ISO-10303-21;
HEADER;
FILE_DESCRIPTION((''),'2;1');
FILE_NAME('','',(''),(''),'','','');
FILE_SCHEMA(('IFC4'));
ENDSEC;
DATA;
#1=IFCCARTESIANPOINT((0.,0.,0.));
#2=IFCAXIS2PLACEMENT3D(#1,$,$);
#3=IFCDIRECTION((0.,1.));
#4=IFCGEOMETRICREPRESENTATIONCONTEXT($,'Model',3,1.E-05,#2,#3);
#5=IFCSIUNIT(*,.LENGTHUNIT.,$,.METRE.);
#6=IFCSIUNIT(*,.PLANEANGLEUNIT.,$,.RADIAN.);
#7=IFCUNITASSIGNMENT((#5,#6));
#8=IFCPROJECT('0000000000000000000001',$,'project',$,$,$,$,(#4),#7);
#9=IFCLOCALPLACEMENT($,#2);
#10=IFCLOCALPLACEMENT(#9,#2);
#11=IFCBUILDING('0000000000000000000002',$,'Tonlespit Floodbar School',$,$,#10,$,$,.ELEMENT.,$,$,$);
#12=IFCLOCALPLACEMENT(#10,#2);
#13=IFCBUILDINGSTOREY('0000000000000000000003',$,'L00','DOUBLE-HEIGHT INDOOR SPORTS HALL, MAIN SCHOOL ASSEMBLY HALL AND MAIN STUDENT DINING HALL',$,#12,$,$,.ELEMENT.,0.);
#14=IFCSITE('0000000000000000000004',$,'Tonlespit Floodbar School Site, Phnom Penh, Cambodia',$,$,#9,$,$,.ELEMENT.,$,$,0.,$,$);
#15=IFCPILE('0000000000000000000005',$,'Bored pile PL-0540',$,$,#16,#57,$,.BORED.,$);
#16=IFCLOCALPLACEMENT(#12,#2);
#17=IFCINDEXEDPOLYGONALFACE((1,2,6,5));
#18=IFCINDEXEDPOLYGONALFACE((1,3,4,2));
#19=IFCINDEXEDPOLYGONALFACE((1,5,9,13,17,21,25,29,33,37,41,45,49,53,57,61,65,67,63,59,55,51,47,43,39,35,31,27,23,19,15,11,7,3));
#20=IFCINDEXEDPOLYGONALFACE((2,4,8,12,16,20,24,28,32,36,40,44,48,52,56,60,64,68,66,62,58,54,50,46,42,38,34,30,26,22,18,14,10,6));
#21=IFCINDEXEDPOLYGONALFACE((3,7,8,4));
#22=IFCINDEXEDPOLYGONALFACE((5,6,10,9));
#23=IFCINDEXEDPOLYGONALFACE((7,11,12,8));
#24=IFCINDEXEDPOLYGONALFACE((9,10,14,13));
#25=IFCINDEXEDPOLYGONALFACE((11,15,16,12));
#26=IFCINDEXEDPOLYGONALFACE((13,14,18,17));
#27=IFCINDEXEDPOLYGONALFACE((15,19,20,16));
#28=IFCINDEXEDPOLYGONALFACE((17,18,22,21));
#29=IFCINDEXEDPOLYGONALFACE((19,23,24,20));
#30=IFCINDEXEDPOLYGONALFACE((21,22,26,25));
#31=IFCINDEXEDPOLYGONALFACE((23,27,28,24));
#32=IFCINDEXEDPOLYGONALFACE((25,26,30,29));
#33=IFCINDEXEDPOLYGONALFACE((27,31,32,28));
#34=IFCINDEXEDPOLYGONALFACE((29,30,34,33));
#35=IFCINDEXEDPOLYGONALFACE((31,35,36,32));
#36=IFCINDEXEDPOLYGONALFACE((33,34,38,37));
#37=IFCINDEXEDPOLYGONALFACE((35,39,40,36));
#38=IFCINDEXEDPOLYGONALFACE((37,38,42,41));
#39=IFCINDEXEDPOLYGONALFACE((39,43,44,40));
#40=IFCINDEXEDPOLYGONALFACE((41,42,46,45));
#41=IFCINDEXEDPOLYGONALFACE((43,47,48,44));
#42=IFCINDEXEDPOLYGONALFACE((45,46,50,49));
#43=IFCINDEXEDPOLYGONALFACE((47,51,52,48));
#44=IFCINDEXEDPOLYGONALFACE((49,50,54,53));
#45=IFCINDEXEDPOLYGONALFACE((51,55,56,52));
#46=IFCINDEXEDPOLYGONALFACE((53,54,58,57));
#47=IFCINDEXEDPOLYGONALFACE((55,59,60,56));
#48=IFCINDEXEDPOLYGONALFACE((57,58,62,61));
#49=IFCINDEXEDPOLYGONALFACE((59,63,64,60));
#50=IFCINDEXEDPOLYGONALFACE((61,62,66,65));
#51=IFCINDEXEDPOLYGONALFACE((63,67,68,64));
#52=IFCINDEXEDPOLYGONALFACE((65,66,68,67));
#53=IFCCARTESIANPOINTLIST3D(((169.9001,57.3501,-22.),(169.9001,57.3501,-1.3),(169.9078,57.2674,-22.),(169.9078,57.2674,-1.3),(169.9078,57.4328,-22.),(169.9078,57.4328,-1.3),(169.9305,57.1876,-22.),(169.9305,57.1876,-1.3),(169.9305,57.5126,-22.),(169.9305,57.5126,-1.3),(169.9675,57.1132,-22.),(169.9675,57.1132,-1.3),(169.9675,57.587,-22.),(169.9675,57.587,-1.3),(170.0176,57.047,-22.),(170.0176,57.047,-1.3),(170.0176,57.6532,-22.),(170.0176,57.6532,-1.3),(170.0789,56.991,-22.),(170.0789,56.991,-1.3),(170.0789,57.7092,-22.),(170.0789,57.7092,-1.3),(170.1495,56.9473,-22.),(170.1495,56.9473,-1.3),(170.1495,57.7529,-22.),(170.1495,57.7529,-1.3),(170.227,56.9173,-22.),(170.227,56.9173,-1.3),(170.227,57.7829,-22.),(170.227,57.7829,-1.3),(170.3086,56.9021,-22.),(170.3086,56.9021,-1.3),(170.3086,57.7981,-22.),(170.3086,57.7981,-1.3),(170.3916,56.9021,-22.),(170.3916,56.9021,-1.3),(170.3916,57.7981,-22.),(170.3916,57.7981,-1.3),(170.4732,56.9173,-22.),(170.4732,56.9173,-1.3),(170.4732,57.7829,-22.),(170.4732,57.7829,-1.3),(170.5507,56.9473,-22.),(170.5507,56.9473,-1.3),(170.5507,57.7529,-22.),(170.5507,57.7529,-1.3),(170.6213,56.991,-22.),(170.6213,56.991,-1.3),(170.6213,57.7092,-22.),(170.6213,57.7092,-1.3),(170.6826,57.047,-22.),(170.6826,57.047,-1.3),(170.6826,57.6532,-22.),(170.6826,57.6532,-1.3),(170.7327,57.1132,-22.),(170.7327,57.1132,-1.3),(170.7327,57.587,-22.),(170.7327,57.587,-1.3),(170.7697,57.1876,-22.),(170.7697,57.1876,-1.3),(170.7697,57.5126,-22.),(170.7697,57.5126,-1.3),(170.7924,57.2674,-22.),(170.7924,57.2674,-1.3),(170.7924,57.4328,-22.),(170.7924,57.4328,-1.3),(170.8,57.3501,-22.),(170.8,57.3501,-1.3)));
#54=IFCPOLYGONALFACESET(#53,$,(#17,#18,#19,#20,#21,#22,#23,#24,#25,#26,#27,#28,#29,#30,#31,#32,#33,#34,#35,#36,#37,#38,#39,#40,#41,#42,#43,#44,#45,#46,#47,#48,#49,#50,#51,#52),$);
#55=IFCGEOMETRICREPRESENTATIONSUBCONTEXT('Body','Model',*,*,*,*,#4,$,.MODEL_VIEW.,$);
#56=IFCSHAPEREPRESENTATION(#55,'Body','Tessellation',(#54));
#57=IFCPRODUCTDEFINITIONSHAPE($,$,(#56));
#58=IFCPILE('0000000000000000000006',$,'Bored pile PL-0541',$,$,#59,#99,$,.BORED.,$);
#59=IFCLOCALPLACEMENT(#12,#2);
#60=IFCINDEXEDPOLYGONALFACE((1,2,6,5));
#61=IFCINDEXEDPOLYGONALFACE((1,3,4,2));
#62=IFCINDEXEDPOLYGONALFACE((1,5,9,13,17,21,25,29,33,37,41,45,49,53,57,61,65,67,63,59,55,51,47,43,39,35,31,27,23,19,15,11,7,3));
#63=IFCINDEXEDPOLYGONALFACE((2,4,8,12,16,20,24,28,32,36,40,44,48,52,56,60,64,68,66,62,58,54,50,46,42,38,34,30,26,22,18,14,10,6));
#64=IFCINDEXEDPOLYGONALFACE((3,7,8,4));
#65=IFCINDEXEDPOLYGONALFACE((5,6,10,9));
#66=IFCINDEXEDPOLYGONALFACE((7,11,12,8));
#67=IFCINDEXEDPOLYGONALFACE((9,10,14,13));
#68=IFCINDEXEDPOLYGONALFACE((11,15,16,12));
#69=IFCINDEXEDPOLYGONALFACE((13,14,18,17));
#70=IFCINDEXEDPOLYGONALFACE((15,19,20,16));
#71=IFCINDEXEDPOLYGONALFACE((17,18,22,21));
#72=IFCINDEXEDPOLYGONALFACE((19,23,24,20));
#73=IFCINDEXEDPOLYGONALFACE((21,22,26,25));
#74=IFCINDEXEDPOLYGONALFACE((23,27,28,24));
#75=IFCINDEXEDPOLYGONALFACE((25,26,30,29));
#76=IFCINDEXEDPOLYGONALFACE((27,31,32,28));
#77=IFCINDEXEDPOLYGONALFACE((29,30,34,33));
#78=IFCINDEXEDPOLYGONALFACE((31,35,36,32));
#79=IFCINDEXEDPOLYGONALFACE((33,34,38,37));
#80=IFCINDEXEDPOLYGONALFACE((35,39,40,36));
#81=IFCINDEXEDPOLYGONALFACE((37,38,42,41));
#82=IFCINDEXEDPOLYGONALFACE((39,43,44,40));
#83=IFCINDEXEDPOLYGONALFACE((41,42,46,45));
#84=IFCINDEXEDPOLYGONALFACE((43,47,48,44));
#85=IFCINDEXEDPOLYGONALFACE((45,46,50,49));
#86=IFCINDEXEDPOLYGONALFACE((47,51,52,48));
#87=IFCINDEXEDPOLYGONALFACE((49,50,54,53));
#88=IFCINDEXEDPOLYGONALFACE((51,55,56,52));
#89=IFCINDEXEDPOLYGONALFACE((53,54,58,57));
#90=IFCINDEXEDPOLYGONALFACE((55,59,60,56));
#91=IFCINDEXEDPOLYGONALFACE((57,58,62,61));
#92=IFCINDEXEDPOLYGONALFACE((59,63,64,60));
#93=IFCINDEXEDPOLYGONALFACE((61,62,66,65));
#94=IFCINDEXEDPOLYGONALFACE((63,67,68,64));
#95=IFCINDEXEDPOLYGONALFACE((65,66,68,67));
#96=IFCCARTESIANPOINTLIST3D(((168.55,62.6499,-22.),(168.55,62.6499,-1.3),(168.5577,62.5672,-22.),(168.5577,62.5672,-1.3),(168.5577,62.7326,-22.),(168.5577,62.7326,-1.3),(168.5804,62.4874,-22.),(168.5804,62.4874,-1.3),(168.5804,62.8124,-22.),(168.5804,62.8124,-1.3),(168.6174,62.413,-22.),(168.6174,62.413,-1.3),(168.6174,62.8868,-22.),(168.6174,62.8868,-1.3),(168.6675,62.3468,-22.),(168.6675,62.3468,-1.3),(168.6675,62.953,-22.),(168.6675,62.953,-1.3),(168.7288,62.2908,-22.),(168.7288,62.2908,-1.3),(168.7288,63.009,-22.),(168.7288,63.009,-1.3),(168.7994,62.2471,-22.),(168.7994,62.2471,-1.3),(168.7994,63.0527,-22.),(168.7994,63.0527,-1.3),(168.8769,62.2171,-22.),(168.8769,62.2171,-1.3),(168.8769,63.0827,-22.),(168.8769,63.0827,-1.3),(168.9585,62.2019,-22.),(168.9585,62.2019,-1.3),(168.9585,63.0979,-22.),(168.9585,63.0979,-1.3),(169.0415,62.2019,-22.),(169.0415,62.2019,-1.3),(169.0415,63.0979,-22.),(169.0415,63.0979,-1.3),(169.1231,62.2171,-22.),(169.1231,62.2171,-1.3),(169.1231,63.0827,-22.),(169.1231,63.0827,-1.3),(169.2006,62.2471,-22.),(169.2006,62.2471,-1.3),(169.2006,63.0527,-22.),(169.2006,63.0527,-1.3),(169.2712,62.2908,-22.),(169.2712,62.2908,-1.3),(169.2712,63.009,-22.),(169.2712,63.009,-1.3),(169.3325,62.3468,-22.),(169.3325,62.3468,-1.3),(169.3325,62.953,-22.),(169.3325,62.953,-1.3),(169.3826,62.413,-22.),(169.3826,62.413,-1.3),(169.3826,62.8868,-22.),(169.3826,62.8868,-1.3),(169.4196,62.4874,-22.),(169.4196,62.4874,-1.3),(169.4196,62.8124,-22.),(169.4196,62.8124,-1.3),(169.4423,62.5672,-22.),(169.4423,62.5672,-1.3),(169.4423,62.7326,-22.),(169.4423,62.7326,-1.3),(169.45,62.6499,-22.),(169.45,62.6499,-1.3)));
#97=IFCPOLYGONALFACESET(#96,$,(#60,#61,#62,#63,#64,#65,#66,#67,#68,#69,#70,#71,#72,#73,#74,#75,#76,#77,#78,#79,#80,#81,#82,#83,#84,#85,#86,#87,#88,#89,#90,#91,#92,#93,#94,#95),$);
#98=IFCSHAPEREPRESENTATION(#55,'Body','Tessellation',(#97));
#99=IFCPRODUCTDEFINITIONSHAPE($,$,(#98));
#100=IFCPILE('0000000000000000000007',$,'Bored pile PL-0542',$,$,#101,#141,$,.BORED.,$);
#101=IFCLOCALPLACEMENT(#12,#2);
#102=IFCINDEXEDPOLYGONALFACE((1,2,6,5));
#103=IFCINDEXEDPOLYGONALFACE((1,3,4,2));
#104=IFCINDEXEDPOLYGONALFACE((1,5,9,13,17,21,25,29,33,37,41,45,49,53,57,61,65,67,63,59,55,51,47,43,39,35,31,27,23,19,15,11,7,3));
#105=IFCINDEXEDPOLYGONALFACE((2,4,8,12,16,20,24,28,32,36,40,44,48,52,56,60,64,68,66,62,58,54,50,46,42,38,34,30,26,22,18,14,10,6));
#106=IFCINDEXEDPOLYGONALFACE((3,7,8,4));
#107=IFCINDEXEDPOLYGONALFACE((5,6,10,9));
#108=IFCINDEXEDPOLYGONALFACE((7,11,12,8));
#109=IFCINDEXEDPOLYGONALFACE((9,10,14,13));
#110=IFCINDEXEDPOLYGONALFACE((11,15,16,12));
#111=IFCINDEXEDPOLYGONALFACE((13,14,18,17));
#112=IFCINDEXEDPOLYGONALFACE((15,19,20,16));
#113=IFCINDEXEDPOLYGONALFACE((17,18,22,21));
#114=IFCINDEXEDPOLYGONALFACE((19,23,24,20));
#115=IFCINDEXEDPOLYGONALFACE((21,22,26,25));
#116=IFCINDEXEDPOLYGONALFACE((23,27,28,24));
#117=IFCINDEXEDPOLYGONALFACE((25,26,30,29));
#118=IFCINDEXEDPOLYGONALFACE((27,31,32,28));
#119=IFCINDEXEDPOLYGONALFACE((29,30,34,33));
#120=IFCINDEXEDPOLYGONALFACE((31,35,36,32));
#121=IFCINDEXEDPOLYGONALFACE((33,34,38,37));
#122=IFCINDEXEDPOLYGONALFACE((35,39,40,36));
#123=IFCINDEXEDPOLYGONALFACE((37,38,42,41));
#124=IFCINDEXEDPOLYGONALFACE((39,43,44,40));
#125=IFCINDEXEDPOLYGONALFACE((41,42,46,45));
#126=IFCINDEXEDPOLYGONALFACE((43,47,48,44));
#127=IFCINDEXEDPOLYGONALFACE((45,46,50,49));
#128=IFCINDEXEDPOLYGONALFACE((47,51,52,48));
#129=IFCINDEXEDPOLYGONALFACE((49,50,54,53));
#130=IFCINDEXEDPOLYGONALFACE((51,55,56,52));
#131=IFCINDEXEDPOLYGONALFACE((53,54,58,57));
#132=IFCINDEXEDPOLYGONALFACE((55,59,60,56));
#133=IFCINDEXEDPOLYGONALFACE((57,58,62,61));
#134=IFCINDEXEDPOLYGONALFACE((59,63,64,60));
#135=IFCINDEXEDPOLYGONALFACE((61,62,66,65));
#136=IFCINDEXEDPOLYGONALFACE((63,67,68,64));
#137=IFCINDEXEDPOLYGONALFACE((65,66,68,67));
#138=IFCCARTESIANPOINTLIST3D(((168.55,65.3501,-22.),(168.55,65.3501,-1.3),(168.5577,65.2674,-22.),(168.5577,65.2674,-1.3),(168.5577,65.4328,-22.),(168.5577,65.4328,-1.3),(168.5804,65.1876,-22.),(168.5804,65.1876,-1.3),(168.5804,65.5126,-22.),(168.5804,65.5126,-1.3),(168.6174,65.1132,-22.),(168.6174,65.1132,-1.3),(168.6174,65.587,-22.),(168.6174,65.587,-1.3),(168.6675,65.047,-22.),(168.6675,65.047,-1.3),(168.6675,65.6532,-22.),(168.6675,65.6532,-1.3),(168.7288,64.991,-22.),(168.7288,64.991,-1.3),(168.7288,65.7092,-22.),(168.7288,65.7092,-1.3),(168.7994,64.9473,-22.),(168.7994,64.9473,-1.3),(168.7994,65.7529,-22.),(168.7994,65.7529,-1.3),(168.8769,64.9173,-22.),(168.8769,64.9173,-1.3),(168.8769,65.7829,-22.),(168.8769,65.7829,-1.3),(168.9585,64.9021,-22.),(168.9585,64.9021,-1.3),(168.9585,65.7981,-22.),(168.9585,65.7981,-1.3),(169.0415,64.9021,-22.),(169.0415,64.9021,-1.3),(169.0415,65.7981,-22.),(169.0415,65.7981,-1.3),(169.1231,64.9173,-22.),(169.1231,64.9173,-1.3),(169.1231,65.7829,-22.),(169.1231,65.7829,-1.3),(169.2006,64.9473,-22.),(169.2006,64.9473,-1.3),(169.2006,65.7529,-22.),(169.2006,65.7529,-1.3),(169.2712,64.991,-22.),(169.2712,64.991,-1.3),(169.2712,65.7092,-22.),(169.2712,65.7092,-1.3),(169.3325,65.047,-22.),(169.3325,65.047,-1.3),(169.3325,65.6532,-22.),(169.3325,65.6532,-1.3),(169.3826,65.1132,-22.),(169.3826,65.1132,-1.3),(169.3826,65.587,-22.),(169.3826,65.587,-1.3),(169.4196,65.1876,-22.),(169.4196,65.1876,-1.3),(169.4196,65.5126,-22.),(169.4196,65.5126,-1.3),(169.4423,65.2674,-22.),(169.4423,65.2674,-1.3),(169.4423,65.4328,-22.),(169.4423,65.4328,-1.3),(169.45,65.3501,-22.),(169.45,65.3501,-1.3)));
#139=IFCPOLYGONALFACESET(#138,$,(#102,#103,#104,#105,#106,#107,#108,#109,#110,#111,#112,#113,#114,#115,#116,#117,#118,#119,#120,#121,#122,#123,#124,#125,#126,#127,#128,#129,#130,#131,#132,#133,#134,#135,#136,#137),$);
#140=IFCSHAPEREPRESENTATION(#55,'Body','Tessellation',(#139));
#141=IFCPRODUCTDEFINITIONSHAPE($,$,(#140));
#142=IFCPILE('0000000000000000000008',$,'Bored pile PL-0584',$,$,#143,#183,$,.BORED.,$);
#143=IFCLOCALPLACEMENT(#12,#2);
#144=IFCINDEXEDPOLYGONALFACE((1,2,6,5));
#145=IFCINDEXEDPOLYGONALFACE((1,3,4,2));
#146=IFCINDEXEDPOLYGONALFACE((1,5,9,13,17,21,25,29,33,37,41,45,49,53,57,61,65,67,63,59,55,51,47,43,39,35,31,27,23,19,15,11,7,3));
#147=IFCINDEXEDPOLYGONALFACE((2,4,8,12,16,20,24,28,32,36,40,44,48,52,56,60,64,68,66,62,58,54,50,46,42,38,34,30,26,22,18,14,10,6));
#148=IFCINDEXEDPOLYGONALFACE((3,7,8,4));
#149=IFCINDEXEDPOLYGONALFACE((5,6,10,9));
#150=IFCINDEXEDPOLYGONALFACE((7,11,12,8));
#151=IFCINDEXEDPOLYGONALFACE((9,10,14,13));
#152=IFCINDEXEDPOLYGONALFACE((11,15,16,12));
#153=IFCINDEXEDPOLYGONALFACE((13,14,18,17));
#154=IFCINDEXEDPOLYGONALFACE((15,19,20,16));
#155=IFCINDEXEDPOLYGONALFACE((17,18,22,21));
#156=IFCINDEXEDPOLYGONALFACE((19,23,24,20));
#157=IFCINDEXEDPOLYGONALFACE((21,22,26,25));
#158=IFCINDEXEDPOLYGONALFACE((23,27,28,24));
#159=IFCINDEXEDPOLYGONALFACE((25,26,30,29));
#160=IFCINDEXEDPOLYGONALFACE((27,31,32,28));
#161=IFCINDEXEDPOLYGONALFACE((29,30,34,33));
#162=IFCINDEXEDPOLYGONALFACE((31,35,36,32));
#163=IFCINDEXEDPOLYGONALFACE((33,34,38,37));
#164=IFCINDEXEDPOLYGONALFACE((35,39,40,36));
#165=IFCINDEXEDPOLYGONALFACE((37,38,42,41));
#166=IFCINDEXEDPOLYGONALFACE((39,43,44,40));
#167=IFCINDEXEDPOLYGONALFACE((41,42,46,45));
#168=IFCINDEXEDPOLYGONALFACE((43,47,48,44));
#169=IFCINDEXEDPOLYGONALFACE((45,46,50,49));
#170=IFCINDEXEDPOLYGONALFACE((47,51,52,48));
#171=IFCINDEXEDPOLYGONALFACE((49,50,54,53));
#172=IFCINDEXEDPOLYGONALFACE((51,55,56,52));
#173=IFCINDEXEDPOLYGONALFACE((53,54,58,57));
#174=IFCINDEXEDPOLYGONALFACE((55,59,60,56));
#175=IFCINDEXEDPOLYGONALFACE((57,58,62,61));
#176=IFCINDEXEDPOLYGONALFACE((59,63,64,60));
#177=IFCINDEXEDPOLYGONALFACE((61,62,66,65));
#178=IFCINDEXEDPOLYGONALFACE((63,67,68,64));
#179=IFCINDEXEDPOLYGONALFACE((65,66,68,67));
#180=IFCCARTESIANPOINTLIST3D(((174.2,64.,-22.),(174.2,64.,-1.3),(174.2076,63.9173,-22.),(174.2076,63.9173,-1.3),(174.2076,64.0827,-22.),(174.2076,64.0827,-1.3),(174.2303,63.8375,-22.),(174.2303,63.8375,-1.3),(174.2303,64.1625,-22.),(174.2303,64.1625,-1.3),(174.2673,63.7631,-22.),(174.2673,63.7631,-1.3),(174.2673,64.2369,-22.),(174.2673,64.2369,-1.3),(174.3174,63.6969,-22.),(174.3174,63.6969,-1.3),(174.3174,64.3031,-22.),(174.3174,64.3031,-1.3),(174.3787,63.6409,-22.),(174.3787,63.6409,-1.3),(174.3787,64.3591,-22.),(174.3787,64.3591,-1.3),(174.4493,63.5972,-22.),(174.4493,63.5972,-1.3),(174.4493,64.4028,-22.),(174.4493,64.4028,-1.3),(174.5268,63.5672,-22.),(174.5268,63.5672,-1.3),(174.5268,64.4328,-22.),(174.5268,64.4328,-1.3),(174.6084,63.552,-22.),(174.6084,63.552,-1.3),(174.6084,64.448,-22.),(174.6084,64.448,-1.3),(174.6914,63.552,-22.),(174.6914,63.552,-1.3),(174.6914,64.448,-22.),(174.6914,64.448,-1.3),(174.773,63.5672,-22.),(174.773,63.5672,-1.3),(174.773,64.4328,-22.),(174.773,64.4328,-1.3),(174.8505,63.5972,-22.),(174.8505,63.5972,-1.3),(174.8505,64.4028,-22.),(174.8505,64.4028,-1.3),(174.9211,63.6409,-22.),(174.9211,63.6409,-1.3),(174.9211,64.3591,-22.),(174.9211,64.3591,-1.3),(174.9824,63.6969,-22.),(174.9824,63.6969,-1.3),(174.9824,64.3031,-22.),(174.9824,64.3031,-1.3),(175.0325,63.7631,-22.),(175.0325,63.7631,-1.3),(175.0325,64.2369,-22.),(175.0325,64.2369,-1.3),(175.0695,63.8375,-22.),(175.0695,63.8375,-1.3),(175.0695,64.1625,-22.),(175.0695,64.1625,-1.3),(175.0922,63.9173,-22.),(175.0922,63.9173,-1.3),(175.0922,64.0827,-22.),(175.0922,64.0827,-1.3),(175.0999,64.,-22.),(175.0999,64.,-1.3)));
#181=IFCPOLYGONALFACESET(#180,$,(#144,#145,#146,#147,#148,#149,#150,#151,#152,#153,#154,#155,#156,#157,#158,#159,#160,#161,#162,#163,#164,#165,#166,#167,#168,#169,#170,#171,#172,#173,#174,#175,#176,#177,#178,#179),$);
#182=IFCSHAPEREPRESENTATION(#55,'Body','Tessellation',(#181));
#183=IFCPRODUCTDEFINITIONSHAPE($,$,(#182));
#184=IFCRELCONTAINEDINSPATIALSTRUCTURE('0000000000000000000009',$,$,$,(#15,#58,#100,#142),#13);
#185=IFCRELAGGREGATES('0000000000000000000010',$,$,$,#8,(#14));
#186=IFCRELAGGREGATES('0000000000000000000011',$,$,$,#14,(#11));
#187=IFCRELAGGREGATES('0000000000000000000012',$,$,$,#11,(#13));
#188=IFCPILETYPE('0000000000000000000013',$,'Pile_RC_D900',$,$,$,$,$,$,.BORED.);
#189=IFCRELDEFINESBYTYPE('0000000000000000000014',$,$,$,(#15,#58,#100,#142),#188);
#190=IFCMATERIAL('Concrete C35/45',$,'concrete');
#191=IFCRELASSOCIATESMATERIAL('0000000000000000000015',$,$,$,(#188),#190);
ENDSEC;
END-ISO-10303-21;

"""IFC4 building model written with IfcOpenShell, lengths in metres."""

from ifc_helpers import new_model, si_unit, direction, frame, origin, origin_2d, place, context, subcontext, project, spatial, circle, extrude, material, material_profile, profile_set, type_object, element, save


model = new_model("IFC4")

# Units and contexts
model_context = context("Model", 3, precision=1e-05, world=origin(), true_north=direction((0.0, 1.0)))
body_context = subcontext(model_context, "Body", "Model", "MODEL_VIEW")
ifc_project = project(units=[si_unit("LENGTHUNIT", "METRE"), si_unit("PLANEANGLEUNIT", "RADIAN")], contexts=[model_context])

# Site, building, storey
site_placement = place(None, origin())
site = spatial("IfcSite", under=ifc_project, at=site_placement, Name="Tonlespit Floodbar School Site, Phnom Penh, Cambodia", CompositionType="ELEMENT", RefElevation=0.0)
building_placement = place(site_placement, origin())
building = spatial("IfcBuilding", under=site, at=building_placement, Name="Tonlespit Floodbar School", CompositionType="ELEMENT")
storey_placement = place(building_placement, origin())
storey = spatial("IfcBuildingStorey", under=building, at=storey_placement, Name="L00", Description="DOUBLE-HEIGHT INDOOR SPORTS HALL, MAIN SCHOOL ASSEMBLY HALL AND MAIN STUDENT DINING HALL", CompositionType="ELEMENT", Elevation=0.0)

# Piles
ifc_material_1 = material(Name="Concrete C35/45", Category="concrete")
ifc_material_profile_1 = material_profile(ifc_material_1, circle(Radius=0.45, at=origin_2d()), Name="BP D900")
ifc_profile_set_1 = profile_set([ifc_material_profile_1], Name="Concrete C35/45")
pile_type = type_object("IfcPileType", Name="Pile_RC_D900", PredefinedType="BORED", material=ifc_profile_set_1)
for number, where, z_axis, x_axis, name in (
    (1, (170.3501, 57.3501, -1.3), (0.0, 0.0, -1.0), (1.0, 0.0, 0.0), "Bored pile PL-0540"),
    (2, (169.0, 62.6499, -1.3), (0.0, 0.0, -1.0), (1.0, 0.0, 0.0), "Bored pile PL-0541"),
    (3, (169.0, 65.3501, -1.3), (0.0, 0.0, -1.0), (1.0, 0.0, 0.0), "Bored pile PL-0542"),
    (4, (174.6499, 64.0, -1.3), (0.0, 0.0, -1.0), (1.0, 0.0, 0.0), "Bored pile PL-0584"),
):
    element("IfcPile", number, at=place(storey_placement, frame(where, z_axis=z_axis, x_axis=x_axis)), inside=storey, type_object=pile_type, Name=name, PredefinedType="BORED", context=body_context, shape_type="SweptSolid", body=[
        extrude(circle(Radius=0.45, at=origin_2d()), origin(), (0.0, 0.0, 1.0), 20.7),
    ])

save(model, "model.ifc")
